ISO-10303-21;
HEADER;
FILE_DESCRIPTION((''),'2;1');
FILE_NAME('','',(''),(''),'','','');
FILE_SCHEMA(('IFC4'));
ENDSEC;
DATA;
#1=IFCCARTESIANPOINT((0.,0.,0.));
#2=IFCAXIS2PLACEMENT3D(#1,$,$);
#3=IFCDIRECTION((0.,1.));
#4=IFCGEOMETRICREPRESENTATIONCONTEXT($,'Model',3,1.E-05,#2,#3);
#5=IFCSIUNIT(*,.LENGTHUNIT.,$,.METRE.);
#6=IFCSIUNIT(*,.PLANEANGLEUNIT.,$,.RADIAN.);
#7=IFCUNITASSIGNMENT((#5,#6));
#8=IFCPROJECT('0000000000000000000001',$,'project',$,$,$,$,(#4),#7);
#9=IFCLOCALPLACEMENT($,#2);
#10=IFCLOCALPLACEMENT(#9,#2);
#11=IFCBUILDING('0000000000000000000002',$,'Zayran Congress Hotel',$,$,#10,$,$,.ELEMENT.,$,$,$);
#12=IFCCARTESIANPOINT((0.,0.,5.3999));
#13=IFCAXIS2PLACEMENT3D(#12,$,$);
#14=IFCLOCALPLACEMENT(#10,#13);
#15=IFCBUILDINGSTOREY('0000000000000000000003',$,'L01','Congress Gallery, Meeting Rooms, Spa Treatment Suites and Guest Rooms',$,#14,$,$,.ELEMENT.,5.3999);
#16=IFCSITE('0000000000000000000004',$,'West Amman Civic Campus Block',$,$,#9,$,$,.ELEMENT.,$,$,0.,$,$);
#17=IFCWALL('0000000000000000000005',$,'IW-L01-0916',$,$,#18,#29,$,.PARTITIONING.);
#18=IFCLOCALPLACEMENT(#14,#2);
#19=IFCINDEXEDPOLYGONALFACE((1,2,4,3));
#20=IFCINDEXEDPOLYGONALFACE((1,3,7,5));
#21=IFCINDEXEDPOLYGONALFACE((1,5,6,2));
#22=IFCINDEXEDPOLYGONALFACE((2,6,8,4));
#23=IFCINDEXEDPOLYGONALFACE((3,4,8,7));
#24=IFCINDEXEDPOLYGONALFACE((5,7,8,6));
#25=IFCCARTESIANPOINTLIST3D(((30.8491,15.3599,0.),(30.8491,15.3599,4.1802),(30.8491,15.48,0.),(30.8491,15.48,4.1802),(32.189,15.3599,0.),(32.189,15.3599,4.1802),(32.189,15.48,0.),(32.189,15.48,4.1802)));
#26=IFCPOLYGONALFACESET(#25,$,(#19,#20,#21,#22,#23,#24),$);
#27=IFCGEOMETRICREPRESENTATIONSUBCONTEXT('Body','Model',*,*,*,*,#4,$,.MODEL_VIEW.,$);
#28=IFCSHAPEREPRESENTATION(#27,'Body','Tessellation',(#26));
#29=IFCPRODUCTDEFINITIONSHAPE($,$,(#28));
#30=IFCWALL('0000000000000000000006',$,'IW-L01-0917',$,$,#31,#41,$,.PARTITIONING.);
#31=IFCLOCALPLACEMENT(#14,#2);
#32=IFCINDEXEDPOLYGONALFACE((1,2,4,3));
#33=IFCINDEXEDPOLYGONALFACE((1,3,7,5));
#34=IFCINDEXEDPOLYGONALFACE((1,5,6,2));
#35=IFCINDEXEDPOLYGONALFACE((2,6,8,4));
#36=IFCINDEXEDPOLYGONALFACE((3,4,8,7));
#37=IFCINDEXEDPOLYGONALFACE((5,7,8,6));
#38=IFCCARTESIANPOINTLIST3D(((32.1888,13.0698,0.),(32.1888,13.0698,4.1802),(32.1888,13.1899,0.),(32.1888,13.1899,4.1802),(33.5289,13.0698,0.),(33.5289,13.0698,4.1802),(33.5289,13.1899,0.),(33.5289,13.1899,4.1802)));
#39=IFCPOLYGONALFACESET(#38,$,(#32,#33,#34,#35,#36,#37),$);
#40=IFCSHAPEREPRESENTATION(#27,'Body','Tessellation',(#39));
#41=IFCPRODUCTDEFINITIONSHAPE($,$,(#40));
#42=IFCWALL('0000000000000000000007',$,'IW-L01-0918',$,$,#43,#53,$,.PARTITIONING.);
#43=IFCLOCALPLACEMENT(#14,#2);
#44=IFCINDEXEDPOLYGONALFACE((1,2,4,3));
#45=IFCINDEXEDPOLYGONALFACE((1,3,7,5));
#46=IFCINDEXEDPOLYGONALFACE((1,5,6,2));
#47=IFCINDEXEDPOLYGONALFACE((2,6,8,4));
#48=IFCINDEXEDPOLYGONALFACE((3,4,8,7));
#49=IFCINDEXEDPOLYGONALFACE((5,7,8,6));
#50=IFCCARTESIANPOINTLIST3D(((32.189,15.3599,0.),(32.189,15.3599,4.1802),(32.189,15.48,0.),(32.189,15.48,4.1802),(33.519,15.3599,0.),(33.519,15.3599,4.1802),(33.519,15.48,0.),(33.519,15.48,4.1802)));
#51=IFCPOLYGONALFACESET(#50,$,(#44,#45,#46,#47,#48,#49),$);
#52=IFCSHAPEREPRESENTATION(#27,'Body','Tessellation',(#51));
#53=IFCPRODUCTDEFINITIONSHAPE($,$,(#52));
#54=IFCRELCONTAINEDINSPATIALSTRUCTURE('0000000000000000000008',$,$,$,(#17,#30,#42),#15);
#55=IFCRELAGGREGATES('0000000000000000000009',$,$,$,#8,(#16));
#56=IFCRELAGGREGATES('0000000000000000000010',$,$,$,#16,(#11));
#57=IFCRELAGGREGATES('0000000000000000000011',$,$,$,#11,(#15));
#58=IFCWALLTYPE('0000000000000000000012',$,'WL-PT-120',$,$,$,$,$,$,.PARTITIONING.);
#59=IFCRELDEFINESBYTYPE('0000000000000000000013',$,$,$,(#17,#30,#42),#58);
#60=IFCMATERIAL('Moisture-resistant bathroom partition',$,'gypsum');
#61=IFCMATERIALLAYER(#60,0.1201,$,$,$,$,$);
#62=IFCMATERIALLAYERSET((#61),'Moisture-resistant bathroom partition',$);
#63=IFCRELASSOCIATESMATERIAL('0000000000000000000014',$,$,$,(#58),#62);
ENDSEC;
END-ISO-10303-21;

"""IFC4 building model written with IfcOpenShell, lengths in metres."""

from ifc_helpers import new_model, si_unit, direction, frame, frame_2d, origin, place, context, subcontext, project, spatial, rectangle, extrude, material, layer, layer_set, type_object, element, save


model = new_model("IFC4")

# Units and contexts
model_context = context("Model", 3, precision=1e-05, world=origin(), true_north=direction((0.0, 1.0)))
body_context = subcontext(model_context, "Body", "Model", "MODEL_VIEW")
ifc_project = project(units=[si_unit("LENGTHUNIT", "METRE"), si_unit("PLANEANGLEUNIT", "RADIAN")], contexts=[model_context])

# Site, building, storey
site_placement = place(None, origin())
site = spatial("IfcSite", under=ifc_project, at=site_placement, Name="West Amman Civic Campus Block", CompositionType="ELEMENT", RefElevation=0.0)
building_placement = place(site_placement, origin())
building = spatial("IfcBuilding", under=site, at=building_placement, Name="Zayran Congress Hotel", CompositionType="ELEMENT")
storey_placement = place(building_placement, frame((0.0, 0.0, 5.3999)))
storey = spatial("IfcBuildingStorey", under=building, at=storey_placement, Name="L01", Description="Congress Gallery, Meeting Rooms, Spa Treatment Suites and Guest Rooms", CompositionType="ELEMENT", Elevation=5.3999)

# Walls
ifc_material_1 = material(Name="Moisture-resistant bathroom partition", Category="gypsum")
ifc_layer_1 = layer(ifc_material_1, 0.1201)
ifc_layer_set_1 = layer_set([ifc_layer_1], Name="Moisture-resistant bathroom partition")
wall_type_1 = type_object("IfcWallType", Name="WL-PT-120", PredefinedType="PARTITIONING", material=ifc_layer_set_1)
for number, where, z_axis, x_axis, name in (
    (1, (30.8491, 15.4199, 0.0), (0.0, 0.0, 1.0), (1.0, 0.0, 0.0), "IW-L01-0916"),
):
    element("IfcWall", number, at=place(storey_placement, frame(where, z_axis=z_axis, x_axis=x_axis)), inside=storey, type_object=wall_type_1, Name=name, PredefinedType="PARTITIONING", context=body_context, shape_type="SweptSolid", body=[
        extrude(rectangle(XDim=1.3398, YDim=0.1201, at=frame_2d((0.6699, 0.0))), origin(), (0.0, 0.0, 1.0), 4.1802),
    ])
wall_1_placement = place(storey_placement, frame((32.189, 13.1299, 0.0), z_axis=(0.0, 0.0, 1.0), x_axis=(1.0, 0.0, 0.0)))
element("IfcWall", 2, at=wall_1_placement, inside=storey, type_object=wall_type_1, Name="IW-L01-0917", PredefinedType="PARTITIONING", context=body_context, shape_type="SweptSolid", body=[
    extrude(rectangle(XDim=1.3401, YDim=0.1201, at=frame_2d((0.6699, 0.0))), origin(), (0.0, 0.0, 1.0), 4.1802),
])
wall_2_placement = place(storey_placement, frame((32.189, 15.4199, 0.0), z_axis=(0.0, 0.0, 1.0), x_axis=(1.0, 0.0, 0.0)))
element("IfcWall", 3, at=wall_2_placement, inside=storey, type_object=wall_type_1, Name="IW-L01-0918", PredefinedType="PARTITIONING", context=body_context, shape_type="SweptSolid", body=[
    extrude(rectangle(XDim=1.3301, YDim=0.1201, at=frame_2d((0.665, 0.0))), origin(), (0.0, 0.0, 1.0), 4.1802),
])

save(model, "model.ifc")
